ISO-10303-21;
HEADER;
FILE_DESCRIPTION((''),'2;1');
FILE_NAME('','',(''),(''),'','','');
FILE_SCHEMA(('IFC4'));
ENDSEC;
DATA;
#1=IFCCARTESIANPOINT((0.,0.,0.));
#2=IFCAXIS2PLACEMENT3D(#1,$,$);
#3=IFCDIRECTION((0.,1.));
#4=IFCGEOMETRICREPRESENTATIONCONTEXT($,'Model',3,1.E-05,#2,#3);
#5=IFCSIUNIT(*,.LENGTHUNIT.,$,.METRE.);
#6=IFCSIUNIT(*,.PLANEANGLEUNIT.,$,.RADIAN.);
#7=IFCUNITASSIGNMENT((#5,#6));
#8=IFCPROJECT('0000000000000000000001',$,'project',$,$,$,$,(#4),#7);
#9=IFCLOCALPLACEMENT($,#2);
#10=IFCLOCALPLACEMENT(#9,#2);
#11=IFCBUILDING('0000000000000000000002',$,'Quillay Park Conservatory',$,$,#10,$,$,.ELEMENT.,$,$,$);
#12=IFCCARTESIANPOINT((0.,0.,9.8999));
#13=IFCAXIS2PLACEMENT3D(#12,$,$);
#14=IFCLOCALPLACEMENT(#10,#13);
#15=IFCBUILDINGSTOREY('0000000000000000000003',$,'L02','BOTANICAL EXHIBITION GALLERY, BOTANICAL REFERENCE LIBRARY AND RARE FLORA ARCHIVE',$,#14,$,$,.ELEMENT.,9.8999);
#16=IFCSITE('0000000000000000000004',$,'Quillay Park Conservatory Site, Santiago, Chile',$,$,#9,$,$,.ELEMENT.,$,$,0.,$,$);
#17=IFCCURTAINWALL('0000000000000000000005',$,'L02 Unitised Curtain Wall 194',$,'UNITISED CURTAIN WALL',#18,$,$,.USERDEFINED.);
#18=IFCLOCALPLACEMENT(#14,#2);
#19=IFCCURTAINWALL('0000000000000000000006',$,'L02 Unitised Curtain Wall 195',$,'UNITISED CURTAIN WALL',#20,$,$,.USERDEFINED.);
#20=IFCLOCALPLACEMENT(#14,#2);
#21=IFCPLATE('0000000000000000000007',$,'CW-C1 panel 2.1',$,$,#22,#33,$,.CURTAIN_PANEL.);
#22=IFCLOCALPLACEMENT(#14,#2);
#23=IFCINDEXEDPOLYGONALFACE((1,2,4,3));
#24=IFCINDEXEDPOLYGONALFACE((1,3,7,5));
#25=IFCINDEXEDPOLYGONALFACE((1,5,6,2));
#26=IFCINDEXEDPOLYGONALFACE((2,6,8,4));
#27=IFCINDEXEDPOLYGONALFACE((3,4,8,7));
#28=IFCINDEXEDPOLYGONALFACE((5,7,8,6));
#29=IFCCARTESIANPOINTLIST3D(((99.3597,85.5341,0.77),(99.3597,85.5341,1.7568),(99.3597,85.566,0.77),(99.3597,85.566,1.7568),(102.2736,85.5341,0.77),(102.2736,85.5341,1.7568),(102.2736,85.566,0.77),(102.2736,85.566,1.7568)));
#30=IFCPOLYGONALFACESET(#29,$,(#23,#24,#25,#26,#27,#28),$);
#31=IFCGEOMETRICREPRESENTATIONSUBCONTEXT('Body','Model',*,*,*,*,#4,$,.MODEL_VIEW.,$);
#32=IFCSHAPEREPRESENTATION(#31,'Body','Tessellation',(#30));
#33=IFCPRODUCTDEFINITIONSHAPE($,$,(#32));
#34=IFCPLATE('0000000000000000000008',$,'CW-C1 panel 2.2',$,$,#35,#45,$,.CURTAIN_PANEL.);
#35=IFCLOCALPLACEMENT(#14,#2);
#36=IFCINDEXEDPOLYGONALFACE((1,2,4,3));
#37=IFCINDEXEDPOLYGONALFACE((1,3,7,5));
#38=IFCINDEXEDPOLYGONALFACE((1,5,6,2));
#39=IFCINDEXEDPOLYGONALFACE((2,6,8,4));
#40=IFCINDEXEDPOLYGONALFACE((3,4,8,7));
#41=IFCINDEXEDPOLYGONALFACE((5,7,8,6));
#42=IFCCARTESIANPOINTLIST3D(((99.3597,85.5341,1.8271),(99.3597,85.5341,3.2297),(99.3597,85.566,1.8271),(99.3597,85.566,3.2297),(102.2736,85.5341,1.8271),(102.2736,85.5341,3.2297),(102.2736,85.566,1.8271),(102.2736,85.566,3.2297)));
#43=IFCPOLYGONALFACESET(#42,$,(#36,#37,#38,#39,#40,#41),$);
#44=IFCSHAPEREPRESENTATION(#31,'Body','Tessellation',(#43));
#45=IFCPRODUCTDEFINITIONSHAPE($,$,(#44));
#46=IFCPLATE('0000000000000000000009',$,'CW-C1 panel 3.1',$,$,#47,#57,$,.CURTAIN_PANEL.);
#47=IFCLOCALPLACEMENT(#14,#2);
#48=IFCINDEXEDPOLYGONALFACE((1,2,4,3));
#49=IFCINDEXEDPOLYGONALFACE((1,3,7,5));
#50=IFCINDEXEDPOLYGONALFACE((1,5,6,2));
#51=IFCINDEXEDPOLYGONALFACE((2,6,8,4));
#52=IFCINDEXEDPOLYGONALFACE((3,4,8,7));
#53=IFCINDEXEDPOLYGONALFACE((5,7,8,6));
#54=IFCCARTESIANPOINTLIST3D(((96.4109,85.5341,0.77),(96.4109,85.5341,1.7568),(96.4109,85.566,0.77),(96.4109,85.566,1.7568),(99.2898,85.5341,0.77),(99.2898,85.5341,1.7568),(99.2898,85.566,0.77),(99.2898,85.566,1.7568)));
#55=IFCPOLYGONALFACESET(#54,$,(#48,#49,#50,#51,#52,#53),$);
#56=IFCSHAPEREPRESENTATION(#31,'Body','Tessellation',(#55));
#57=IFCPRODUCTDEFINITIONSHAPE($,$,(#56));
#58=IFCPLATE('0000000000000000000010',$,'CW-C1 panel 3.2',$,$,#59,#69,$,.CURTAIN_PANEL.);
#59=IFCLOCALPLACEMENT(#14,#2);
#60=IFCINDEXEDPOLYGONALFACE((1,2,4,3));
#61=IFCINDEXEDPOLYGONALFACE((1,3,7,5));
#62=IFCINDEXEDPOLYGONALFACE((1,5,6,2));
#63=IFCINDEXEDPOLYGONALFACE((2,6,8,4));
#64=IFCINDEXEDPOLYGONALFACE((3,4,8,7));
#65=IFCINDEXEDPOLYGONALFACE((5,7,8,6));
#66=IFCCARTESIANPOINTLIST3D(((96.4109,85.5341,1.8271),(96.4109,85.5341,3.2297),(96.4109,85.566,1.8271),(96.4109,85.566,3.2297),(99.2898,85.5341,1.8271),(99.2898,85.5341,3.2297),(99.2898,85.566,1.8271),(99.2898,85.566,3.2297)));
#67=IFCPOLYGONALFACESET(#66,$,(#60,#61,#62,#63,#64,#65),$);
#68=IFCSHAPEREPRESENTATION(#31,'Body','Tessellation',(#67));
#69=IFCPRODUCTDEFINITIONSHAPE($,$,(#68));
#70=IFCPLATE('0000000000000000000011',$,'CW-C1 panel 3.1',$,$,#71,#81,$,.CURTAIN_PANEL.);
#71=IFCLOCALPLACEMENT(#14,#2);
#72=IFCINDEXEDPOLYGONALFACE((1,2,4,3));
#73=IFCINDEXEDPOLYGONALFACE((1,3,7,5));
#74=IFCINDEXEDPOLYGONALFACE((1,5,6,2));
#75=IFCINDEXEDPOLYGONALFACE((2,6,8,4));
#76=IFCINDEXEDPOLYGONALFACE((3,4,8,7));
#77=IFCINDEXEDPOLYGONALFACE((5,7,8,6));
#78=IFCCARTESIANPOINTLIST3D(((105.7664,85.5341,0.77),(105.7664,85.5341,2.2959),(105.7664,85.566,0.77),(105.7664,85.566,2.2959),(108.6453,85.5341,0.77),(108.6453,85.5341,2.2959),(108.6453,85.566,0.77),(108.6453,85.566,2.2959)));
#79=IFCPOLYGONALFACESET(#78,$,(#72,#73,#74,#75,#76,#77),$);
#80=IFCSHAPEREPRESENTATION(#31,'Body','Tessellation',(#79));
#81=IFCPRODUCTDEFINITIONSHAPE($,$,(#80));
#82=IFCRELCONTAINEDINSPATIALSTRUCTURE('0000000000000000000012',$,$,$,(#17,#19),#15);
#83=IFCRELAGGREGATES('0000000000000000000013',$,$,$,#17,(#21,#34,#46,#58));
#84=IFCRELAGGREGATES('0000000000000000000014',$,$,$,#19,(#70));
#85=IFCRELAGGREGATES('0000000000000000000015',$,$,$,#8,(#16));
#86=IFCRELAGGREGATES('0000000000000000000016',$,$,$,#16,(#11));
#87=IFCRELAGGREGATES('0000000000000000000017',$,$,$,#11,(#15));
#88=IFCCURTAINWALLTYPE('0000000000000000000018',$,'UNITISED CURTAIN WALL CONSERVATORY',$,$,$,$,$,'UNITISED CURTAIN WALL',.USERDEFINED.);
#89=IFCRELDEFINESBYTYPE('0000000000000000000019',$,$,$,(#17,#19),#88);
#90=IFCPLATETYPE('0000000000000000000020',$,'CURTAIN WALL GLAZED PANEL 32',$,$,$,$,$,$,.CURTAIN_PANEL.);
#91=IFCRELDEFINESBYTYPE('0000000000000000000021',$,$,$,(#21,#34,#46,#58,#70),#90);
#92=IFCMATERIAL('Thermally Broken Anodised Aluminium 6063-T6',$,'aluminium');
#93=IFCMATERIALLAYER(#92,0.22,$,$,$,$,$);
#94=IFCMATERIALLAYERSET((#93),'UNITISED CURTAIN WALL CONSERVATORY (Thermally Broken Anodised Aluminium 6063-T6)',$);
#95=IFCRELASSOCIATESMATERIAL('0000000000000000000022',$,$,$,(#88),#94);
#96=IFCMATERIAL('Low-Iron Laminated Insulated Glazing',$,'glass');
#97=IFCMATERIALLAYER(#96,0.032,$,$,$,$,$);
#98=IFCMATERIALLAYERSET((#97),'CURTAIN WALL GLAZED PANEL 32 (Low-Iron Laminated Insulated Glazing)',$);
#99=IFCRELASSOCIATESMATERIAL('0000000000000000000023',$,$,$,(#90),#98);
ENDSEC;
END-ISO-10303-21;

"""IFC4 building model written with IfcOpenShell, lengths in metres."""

from ifc_helpers import new_model, si_unit, direction, frame, origin, origin_2d, place, context, subcontext, project, spatial, rectangle, extrude, material, layer, layer_set, type_object, element, aggregate, save


model = new_model("IFC4")

# Units and contexts
model_context = context("Model", 3, precision=1e-05, world=origin(), true_north=direction((0.0, 1.0)))
body_context = subcontext(model_context, "Body", "Model", "MODEL_VIEW")
ifc_project = project(units=[si_unit("LENGTHUNIT", "METRE"), si_unit("PLANEANGLEUNIT", "RADIAN")], contexts=[model_context])

# Site, building, storey
site_placement = place(None, origin())
site = spatial("IfcSite", under=ifc_project, at=site_placement, Name="Quillay Park Conservatory Site, Santiago, Chile", CompositionType="ELEMENT", RefElevation=0.0)
building_placement = place(site_placement, origin())
building = spatial("IfcBuilding", under=site, at=building_placement, Name="Quillay Park Conservatory", CompositionType="ELEMENT")
storey_placement = place(building_placement, frame((0.0, 0.0, 9.8999)))
storey = spatial("IfcBuildingStorey", under=building, at=storey_placement, Name="L02", Description="BOTANICAL EXHIBITION GALLERY, BOTANICAL REFERENCE LIBRARY AND RARE FLORA ARCHIVE", CompositionType="ELEMENT", Elevation=9.8999)

# Shared definitions
ifc_material_1 = material(Name="Thermally Broken Anodised Aluminium 6063-T6", Category="aluminium")
ifc_layer_1 = layer(ifc_material_1, 0.22)
ifc_layer_set_1 = layer_set([ifc_layer_1], Name="UNITISED CURTAIN WALL CONSERVATORY (Thermally Broken Anodised Aluminium 6063-T6)")
curtain_wall_type = type_object("IfcCurtainWallType", Name="UNITISED CURTAIN WALL CONSERVATORY", ElementType="UNITISED CURTAIN WALL", PredefinedType="USERDEFINED", material=ifc_layer_set_1)

# Curtain walls
curtain_wall_1_placement = place(storey_placement, origin())
curtain_wall_1 = element("IfcCurtainWall", 1, at=curtain_wall_1_placement, inside=storey, type_object=curtain_wall_type, Name="L02 Unitised Curtain Wall 194", ObjectType="UNITISED CURTAIN WALL", PredefinedType="USERDEFINED")
curtain_wall_2_placement = place(storey_placement, origin())
curtain_wall_2 = element("IfcCurtainWall", 2, at=curtain_wall_2_placement, inside=storey, type_object=curtain_wall_type, Name="L02 Unitised Curtain Wall 195", ObjectType="UNITISED CURTAIN WALL", PredefinedType="USERDEFINED")

# Plates
ifc_material_2 = material(Name="Low-Iron Laminated Insulated Glazing", Category="glass")
ifc_layer_2 = layer(ifc_material_2, 0.032)
ifc_layer_set_2 = layer_set([ifc_layer_2], Name="CURTAIN WALL GLAZED PANEL 32 (Low-Iron Laminated Insulated Glazing)")
plate_type_1 = type_object("IfcPlateType", Name="CURTAIN WALL GLAZED PANEL 32", PredefinedType="CURTAIN_PANEL", material=ifc_layer_set_2)
plate_1_placement = place(storey_placement, frame((100.8167, 85.55, 0.77), z_axis=(0.0, 0.0, 1.0), x_axis=(-1.0, 0.0, 0.0)))
plate_1 = element("IfcPlate", 3, at=plate_1_placement, type_object=plate_type_1, Name="CW-C1 panel 2.1", PredefinedType="CURTAIN_PANEL", context=body_context, shape_type="SweptSolid", body=[
    extrude(rectangle(XDim=2.9138, YDim=0.032, at=origin_2d()), origin(), (0.0, 0.0, 1.0), 0.9868),
])
plate_2_placement = place(storey_placement, frame((100.8167, 85.55, 1.8271), z_axis=(0.0, 0.0, 1.0), x_axis=(-1.0, 0.0, 0.0)))
plate_2 = element("IfcPlate", 4, at=plate_2_placement, type_object=plate_type_1, Name="CW-C1 panel 2.2", PredefinedType="CURTAIN_PANEL", context=body_context, shape_type="SweptSolid", body=[
    extrude(rectangle(XDim=2.9138, YDim=0.032, at=origin_2d()), origin(), (0.0, 0.0, 1.0), 1.4026),
])
plate_3_placement = place(storey_placement, frame((97.8503, 85.55, 0.77), z_axis=(0.0, 0.0, 1.0), x_axis=(-1.0, 0.0, 0.0)))
plate_3 = element("IfcPlate", 5, at=plate_3_placement, type_object=plate_type_1, Name="CW-C1 panel 3.1", PredefinedType="CURTAIN_PANEL", context=body_context, shape_type="SweptSolid", body=[
    extrude(rectangle(XDim=2.8789, YDim=0.032, at=origin_2d()), origin(), (0.0, 0.0, 1.0), 0.9868),
])
plate_4_placement = place(storey_placement, frame((97.8503, 85.55, 1.8271), z_axis=(0.0, 0.0, 1.0), x_axis=(-1.0, 0.0, 0.0)))
plate_4 = element("IfcPlate", 6, at=plate_4_placement, type_object=plate_type_1, Name="CW-C1 panel 3.2", PredefinedType="CURTAIN_PANEL", context=body_context, shape_type="SweptSolid", body=[
    extrude(rectangle(XDim=2.8789, YDim=0.032, at=origin_2d()), origin(), (0.0, 0.0, 1.0), 1.4026),
])
aggregate(curtain_wall_1, [plate_1, plate_2, plate_3, plate_4])
plate_5_placement = place(storey_placement, frame((107.2058, 85.55, 0.77), z_axis=(0.0, 0.0, 1.0), x_axis=(-1.0, 0.0, 0.0)))
plate_5 = element("IfcPlate", 7, at=plate_5_placement, type_object=plate_type_1, Name="CW-C1 panel 3.1", PredefinedType="CURTAIN_PANEL", context=body_context, shape_type="SweptSolid", body=[
    extrude(rectangle(XDim=2.8789, YDim=0.032, at=origin_2d()), origin(), (0.0, 0.0, 1.0), 1.5259),
])
aggregate(curtain_wall_2, [plate_5])

save(model, "model.ifc")
